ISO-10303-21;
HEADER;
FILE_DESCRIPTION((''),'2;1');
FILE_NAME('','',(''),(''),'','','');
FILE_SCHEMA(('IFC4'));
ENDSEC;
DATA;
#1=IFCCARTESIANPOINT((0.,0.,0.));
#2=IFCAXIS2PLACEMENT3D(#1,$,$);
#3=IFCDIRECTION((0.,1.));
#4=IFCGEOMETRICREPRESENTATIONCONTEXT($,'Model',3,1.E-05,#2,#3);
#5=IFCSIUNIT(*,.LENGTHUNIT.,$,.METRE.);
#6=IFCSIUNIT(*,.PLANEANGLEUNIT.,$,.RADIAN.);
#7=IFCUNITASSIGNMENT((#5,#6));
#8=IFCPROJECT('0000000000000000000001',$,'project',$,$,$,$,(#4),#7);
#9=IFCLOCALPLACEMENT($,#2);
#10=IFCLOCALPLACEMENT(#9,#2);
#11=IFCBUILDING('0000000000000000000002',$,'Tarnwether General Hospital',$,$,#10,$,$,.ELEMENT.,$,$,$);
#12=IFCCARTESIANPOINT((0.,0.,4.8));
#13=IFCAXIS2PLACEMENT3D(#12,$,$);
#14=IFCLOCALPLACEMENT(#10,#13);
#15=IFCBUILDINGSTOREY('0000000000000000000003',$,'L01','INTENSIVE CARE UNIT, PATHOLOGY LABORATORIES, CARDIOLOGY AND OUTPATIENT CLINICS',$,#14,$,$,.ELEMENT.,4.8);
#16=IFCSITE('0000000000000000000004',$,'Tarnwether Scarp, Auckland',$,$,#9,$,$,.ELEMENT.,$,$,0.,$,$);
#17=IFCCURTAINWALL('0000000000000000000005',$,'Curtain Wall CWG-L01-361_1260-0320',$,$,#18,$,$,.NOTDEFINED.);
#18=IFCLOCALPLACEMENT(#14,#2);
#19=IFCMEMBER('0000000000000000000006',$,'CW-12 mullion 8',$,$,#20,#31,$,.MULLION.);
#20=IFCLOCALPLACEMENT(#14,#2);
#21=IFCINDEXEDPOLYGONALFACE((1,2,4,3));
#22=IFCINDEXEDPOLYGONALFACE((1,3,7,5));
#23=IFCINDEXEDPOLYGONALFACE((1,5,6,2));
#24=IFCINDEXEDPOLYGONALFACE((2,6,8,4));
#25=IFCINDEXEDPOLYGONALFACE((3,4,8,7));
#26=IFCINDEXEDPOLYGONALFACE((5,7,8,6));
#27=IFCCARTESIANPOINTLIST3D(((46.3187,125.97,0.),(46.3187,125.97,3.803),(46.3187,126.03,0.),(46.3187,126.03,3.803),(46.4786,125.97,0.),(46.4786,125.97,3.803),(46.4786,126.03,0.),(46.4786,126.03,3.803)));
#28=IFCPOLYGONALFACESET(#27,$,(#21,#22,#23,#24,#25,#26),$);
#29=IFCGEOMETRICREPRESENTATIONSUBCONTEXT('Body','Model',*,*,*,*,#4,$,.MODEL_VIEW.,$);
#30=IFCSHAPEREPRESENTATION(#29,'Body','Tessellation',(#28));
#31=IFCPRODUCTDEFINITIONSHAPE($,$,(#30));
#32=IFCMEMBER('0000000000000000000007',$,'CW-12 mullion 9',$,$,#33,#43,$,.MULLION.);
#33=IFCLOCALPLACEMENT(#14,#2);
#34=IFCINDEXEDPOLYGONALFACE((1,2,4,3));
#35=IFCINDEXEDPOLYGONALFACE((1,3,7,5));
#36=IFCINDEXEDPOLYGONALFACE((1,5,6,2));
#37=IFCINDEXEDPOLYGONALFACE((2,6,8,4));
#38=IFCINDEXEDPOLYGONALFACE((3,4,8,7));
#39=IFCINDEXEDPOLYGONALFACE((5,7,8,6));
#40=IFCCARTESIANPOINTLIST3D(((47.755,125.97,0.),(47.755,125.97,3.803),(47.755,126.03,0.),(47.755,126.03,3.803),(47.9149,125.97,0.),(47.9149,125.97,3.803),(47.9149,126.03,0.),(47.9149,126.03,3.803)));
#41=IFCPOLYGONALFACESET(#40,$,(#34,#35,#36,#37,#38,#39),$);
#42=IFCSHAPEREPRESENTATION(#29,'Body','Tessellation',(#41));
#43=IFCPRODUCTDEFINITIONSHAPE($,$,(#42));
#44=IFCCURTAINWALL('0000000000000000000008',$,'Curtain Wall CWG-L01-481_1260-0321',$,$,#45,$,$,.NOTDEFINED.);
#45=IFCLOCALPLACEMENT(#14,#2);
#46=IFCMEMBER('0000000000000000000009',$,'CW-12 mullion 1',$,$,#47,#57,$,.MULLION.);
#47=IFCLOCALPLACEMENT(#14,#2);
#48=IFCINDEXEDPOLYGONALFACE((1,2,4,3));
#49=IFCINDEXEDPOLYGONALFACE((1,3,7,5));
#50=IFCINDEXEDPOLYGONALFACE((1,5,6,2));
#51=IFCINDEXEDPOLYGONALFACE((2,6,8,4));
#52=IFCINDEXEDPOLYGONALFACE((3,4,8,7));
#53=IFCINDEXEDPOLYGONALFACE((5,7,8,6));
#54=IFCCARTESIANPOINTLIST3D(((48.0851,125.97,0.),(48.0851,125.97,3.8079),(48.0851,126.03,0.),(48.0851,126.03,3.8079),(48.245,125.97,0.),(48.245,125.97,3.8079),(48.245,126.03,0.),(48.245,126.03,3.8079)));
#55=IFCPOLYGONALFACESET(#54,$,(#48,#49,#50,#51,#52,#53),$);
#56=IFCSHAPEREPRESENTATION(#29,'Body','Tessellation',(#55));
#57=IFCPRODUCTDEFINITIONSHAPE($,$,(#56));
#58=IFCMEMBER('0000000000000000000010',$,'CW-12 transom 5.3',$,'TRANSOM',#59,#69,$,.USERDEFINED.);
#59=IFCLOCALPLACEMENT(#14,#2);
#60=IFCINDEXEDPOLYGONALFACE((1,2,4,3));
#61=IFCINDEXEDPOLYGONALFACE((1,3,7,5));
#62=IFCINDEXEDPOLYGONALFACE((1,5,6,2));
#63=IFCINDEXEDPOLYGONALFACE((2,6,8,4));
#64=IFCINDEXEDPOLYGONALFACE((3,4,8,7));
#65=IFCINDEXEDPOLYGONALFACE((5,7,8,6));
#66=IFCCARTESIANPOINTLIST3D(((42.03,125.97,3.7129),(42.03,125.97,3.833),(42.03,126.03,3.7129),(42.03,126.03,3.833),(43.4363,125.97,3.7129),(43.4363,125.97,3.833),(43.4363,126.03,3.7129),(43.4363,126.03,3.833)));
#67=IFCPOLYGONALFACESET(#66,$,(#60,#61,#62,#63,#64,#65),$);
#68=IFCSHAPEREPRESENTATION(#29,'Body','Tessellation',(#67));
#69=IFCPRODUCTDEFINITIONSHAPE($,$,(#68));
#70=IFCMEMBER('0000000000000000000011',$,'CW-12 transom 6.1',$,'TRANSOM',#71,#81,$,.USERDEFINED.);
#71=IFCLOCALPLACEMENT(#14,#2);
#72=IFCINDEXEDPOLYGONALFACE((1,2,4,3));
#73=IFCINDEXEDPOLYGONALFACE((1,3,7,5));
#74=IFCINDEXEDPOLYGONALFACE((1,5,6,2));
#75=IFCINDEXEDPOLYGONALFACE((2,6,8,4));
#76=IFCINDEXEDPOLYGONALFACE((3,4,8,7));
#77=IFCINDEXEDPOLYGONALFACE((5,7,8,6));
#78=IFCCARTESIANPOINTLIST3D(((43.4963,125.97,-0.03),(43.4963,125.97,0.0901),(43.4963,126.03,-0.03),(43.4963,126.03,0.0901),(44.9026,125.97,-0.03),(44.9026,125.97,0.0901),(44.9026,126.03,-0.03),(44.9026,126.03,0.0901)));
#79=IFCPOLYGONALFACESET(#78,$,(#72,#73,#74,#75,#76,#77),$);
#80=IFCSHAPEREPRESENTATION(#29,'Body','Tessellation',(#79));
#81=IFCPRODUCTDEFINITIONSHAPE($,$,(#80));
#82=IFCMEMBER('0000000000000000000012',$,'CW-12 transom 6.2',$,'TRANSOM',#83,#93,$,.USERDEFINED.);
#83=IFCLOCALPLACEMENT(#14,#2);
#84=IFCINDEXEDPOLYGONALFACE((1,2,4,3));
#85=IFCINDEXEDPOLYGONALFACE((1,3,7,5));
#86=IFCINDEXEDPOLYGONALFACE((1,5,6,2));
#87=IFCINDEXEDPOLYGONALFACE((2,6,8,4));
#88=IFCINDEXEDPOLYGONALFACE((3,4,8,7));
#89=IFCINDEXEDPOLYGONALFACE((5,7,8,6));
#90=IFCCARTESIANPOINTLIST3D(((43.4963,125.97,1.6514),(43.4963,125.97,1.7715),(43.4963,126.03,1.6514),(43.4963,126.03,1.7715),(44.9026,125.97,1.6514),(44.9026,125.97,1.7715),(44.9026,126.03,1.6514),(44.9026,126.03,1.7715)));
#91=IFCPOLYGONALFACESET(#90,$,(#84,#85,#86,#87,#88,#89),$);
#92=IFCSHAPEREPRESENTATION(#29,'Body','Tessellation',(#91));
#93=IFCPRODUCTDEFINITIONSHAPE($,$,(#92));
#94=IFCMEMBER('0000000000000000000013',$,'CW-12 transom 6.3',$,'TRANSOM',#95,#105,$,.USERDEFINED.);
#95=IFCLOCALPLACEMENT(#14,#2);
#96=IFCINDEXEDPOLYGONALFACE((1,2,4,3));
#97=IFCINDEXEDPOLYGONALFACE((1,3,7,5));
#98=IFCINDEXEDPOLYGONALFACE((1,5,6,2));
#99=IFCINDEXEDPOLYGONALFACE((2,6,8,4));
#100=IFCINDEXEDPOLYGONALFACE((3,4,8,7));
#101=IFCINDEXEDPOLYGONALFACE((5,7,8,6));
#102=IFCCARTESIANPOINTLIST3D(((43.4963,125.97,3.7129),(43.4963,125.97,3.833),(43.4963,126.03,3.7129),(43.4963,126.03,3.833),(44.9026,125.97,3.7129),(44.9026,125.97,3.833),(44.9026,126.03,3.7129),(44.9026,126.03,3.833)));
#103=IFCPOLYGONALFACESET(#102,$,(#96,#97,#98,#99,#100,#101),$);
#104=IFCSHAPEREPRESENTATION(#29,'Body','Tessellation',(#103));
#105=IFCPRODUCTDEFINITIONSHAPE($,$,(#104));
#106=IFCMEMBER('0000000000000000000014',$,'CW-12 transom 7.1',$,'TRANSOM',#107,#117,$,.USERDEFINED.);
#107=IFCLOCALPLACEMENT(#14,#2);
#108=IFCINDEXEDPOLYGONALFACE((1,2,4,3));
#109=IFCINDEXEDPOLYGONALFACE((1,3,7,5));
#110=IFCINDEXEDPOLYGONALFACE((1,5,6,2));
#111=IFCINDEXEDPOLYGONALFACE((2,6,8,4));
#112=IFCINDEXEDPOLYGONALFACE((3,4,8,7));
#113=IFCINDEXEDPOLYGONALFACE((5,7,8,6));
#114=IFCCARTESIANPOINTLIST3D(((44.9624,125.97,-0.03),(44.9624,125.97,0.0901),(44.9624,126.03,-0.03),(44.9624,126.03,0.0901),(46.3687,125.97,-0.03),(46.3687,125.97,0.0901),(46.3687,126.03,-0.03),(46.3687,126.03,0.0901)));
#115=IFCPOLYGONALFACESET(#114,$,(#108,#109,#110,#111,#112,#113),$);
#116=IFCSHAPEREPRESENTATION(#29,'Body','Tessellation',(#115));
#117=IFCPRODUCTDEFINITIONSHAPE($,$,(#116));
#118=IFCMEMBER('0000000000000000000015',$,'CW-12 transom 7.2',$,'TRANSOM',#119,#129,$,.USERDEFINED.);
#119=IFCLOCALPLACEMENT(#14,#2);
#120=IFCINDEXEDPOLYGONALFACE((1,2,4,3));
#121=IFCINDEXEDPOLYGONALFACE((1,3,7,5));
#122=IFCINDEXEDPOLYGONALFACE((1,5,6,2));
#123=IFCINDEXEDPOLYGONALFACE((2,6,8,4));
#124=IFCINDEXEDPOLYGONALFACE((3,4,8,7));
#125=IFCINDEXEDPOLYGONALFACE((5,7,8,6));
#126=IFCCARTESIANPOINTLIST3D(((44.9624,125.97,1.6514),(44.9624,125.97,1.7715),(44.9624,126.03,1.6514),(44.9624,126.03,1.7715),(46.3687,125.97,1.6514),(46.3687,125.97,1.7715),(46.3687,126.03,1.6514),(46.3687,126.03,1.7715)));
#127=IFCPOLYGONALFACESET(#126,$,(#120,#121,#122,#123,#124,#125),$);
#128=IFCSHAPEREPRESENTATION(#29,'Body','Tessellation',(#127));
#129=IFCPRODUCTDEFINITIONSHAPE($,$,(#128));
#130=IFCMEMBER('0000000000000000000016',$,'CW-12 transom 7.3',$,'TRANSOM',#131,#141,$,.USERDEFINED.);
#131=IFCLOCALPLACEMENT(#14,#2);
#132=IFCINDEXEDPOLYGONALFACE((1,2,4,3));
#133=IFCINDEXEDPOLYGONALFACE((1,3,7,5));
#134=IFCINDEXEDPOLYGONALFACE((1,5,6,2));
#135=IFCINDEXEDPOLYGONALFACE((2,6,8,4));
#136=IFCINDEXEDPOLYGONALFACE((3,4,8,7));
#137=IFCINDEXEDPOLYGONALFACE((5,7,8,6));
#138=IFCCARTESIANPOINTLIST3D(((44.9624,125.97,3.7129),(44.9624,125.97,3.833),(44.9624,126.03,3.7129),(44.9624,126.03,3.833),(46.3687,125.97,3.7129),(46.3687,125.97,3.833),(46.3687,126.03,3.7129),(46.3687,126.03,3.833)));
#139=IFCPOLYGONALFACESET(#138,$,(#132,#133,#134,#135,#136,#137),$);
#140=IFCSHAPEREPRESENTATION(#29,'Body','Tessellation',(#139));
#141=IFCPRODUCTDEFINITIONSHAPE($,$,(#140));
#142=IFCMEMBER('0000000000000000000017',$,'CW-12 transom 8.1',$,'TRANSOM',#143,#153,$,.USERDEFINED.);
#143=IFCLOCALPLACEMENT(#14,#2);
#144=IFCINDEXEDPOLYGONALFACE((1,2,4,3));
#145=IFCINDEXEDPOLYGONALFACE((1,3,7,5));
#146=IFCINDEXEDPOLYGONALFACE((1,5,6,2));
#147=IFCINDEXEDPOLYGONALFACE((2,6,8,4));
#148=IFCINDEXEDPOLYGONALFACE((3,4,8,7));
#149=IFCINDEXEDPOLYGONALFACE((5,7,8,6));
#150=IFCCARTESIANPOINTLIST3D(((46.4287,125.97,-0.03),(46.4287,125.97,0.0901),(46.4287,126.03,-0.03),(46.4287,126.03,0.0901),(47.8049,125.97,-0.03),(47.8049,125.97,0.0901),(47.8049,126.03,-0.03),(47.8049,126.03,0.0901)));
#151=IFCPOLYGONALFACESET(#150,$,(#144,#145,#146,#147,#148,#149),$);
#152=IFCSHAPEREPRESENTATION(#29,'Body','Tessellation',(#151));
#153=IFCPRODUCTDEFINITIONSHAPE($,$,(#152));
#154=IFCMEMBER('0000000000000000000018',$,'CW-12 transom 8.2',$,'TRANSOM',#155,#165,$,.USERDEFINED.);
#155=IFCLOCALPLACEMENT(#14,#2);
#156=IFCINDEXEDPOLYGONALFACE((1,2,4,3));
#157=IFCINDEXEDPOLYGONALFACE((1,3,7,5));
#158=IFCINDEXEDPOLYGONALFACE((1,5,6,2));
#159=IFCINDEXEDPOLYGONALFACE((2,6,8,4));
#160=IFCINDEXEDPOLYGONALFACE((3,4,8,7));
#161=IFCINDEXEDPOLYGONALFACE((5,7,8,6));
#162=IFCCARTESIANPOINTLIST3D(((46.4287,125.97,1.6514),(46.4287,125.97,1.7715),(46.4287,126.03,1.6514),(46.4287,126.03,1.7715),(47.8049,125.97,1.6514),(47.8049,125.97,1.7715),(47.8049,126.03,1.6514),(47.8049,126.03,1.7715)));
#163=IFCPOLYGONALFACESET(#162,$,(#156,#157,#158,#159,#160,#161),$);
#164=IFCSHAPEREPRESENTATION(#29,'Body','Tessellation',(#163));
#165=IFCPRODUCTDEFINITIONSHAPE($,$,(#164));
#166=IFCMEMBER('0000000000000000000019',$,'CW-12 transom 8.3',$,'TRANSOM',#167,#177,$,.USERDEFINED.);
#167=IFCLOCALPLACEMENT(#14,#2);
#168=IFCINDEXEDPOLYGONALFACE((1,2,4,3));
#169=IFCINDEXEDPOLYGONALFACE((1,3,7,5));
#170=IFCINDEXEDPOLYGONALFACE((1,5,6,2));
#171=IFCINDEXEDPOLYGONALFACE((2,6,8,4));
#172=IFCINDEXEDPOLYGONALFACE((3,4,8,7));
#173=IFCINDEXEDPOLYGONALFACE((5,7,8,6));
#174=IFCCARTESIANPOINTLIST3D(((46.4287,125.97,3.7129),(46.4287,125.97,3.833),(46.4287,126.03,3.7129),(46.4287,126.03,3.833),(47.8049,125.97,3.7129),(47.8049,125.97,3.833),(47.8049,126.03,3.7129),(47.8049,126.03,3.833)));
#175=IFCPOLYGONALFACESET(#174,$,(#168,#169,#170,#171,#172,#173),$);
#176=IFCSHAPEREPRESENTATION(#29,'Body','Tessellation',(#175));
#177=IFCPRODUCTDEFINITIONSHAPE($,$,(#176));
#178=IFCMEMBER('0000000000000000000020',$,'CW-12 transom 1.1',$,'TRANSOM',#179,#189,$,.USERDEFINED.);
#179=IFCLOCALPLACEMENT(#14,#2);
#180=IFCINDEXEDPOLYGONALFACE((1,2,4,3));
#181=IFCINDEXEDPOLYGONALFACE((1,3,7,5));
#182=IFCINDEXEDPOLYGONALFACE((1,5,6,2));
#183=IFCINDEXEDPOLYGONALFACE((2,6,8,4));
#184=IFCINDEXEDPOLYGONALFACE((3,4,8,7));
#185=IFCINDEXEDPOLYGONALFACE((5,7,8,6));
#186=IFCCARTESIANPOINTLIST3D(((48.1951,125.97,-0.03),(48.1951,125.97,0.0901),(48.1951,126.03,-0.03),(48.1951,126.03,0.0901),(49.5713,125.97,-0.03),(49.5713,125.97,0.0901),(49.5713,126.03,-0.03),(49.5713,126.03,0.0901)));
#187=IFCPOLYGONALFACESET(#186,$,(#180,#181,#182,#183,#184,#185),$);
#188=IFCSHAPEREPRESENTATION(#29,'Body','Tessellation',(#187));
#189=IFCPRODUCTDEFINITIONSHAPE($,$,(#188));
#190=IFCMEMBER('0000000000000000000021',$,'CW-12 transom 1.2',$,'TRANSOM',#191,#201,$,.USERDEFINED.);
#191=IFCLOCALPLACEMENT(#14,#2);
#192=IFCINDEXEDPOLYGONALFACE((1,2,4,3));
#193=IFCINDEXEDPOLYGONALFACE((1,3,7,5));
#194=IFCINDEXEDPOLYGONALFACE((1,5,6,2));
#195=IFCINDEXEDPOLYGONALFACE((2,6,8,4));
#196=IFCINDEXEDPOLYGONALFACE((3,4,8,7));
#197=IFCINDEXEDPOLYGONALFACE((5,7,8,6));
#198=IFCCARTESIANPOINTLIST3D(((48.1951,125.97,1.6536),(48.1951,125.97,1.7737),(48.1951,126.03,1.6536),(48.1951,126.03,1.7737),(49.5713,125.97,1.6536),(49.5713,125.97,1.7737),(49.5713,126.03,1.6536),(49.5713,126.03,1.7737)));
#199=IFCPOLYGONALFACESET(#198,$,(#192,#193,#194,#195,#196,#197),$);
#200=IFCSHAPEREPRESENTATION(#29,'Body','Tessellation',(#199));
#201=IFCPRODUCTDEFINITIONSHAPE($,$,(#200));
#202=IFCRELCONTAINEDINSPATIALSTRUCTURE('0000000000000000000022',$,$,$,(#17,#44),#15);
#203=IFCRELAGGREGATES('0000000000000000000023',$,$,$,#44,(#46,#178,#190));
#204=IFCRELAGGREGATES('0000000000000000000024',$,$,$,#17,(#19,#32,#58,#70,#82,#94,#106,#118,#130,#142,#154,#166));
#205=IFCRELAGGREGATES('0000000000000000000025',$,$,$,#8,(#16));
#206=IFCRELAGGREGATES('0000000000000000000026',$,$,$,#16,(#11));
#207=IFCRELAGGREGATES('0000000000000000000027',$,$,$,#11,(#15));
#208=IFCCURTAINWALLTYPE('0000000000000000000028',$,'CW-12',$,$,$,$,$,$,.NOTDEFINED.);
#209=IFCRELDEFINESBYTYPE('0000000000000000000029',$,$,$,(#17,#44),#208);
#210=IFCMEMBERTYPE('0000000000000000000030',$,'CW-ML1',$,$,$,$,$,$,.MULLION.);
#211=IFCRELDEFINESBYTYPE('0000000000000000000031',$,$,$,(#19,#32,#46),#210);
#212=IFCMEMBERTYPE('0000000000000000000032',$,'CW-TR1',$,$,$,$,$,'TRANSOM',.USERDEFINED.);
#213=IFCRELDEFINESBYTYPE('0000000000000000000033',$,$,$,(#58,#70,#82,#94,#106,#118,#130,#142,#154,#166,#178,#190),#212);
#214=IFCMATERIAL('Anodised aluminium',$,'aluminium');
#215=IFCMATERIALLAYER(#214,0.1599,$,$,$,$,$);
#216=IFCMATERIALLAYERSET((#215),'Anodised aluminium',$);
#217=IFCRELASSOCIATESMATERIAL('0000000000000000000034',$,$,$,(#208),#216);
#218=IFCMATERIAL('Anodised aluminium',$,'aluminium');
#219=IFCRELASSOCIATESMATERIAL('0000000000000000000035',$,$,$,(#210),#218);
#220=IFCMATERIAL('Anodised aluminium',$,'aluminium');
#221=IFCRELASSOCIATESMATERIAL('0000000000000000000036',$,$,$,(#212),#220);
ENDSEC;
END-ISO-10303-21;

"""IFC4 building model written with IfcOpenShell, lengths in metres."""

from ifc_helpers import new_model, si_unit, direction, frame, origin, origin_2d, place, context, subcontext, project, spatial, rectangle, extrude, material, layer, layer_set, material_profile, profile_set, type_object, element, aggregate, save


model = new_model("IFC4")

# Units and contexts
model_context = context("Model", 3, precision=1e-05, world=origin(), true_north=direction((0.0, 1.0)))
body_context = subcontext(model_context, "Body", "Model", "MODEL_VIEW")
ifc_project = project(units=[si_unit("LENGTHUNIT", "METRE"), si_unit("PLANEANGLEUNIT", "RADIAN")], contexts=[model_context])

# Site, building, storey
site_placement = place(None, origin())
site = spatial("IfcSite", under=ifc_project, at=site_placement, Name="Tarnwether Scarp, Auckland", CompositionType="ELEMENT", RefElevation=0.0)
building_placement = place(site_placement, origin())
building = spatial("IfcBuilding", under=site, at=building_placement, Name="Tarnwether General Hospital", CompositionType="ELEMENT")
storey_placement = place(building_placement, frame((0.0, 0.0, 4.8)))
storey = spatial("IfcBuildingStorey", under=building, at=storey_placement, Name="L01", Description="INTENSIVE CARE UNIT, PATHOLOGY LABORATORIES, CARDIOLOGY AND OUTPATIENT CLINICS", CompositionType="ELEMENT", Elevation=4.8)

# Curtain wall, members
ifc_material_1 = material(Name="Anodised aluminium", Category="aluminium")
ifc_layer_1 = layer(ifc_material_1, 0.1599)
ifc_layer_set_1 = layer_set([ifc_layer_1], Name="Anodised aluminium")
curtain_wall_type = type_object("IfcCurtainWallType", Name="CW-12", PredefinedType="NOTDEFINED", material=ifc_layer_set_1)
curtain_wall_1_placement = place(storey_placement, origin())
curtain_wall_1 = element("IfcCurtainWall", 1, at=curtain_wall_1_placement, inside=storey, type_object=curtain_wall_type, Name="Curtain Wall CWG-L01-361_1260-0320", PredefinedType="NOTDEFINED")
ifc_material_2 = material(Name="Anodised aluminium", Category="aluminium")
ifc_material_profile_1 = material_profile(ifc_material_2, rectangle(XDim=0.0601, YDim=0.1599, at=origin_2d()), Name="ALU-MUL-60x160")
ifc_profile_set_1 = profile_set([ifc_material_profile_1], Name="Anodised aluminium")
member_type_1 = type_object("IfcMemberType", Name="CW-ML1", PredefinedType="MULLION", material=ifc_profile_set_1)
member_1_placement = place(storey_placement, frame((46.3987, 126.0, 0.0), z_axis=(0.0, 0.0, 1.0), x_axis=(0.0, 1.0, 0.0)))
member_1 = element("IfcMember", 2, at=member_1_placement, type_object=member_type_1, Name="CW-12 mullion 8", PredefinedType="MULLION", context=body_context, shape_type="SweptSolid", body=[
    extrude(rectangle(XDim=0.0601, YDim=0.1599, at=origin_2d()), origin(), (0.0, 0.0, 1.0), 3.803),
])
member_2_placement = place(storey_placement, frame((47.835, 126.0, 0.0), z_axis=(0.0, 0.0, 1.0), x_axis=(0.0, 1.0, 0.0)))
member_2 = element("IfcMember", 3, at=member_2_placement, type_object=member_type_1, Name="CW-12 mullion 9", PredefinedType="MULLION", context=body_context, shape_type="SweptSolid", body=[
    extrude(rectangle(XDim=0.0601, YDim=0.1599, at=origin_2d()), origin(), (0.0, 0.0, 1.0), 3.803),
])

# Curtain wall, member
curtain_wall_2_placement = place(storey_placement, origin())
curtain_wall_2 = element("IfcCurtainWall", 4, at=curtain_wall_2_placement, inside=storey, type_object=curtain_wall_type, Name="Curtain Wall CWG-L01-481_1260-0321", PredefinedType="NOTDEFINED")
member_3_placement = place(storey_placement, frame((48.165, 126.0, 0.0), z_axis=(0.0, 0.0, 1.0), x_axis=(0.0, 1.0, 0.0)))
member_3 = element("IfcMember", 5, at=member_3_placement, type_object=member_type_1, Name="CW-12 mullion 1", PredefinedType="MULLION", context=body_context, shape_type="SweptSolid", body=[
    extrude(rectangle(XDim=0.0601, YDim=0.1599, at=origin_2d()), origin(), (0.0, 0.0, 1.0), 3.8079),
])

# Members
ifc_material_3 = material(Name="Anodised aluminium", Category="aluminium")
ifc_material_profile_2 = material_profile(ifc_material_3, rectangle(XDim=0.0601, YDim=0.1201, at=origin_2d()), Name="ALU-TRN-60x120")
ifc_profile_set_2 = profile_set([ifc_material_profile_2], Name="Anodised aluminium")
member_type_2 = type_object("IfcMemberType", Name="CW-TR1", ElementType="TRANSOM", PredefinedType="USERDEFINED", material=ifc_profile_set_2)
member_4_placement = place(storey_placement, frame((42.03, 126.0, 3.7729), z_axis=(1.0, 0.0, 0.0), x_axis=(0.0, 1.0, 0.0)))
member_4 = element("IfcMember", 6, at=member_4_placement, type_object=member_type_2, Name="CW-12 transom 5.3", ObjectType="TRANSOM", PredefinedType="USERDEFINED", context=body_context, shape_type="SweptSolid", body=[
    extrude(rectangle(XDim=0.0601, YDim=0.1201, at=origin_2d()), origin(), (0.0, 0.0, 1.0), 1.4062),
])
member_5_placement = place(storey_placement, frame((43.4963, 126.0, 0.03), z_axis=(1.0, 0.0, 0.0), x_axis=(0.0, 1.0, 0.0)))
member_5 = element("IfcMember", 7, at=member_5_placement, type_object=member_type_2, Name="CW-12 transom 6.1", ObjectType="TRANSOM", PredefinedType="USERDEFINED", context=body_context, shape_type="SweptSolid", body=[
    extrude(rectangle(XDim=0.0601, YDim=0.1201, at=origin_2d()), origin(), (0.0, 0.0, 1.0), 1.4062),
])
member_6_placement = place(storey_placement, frame((43.4963, 126.0, 1.7114), z_axis=(1.0, 0.0, 0.0), x_axis=(0.0, 1.0, 0.0)))
member_6 = element("IfcMember", 8, at=member_6_placement, type_object=member_type_2, Name="CW-12 transom 6.2", ObjectType="TRANSOM", PredefinedType="USERDEFINED", context=body_context, shape_type="SweptSolid", body=[
    extrude(rectangle(XDim=0.0601, YDim=0.1201, at=origin_2d()), origin(), (0.0, 0.0, 1.0), 1.4062),
])
member_7_placement = place(storey_placement, frame((43.4963, 126.0, 3.7729), z_axis=(1.0, 0.0, 0.0), x_axis=(0.0, 1.0, 0.0)))
member_7 = element("IfcMember", 9, at=member_7_placement, type_object=member_type_2, Name="CW-12 transom 6.3", ObjectType="TRANSOM", PredefinedType="USERDEFINED", context=body_context, shape_type="SweptSolid", body=[
    extrude(rectangle(XDim=0.0601, YDim=0.1201, at=origin_2d()), origin(), (0.0, 0.0, 1.0), 1.4062),
])
member_8_placement = place(storey_placement, frame((44.9624, 126.0, 0.03), z_axis=(1.0, 0.0, 0.0), x_axis=(0.0, 1.0, 0.0)))
member_8 = element("IfcMember", 10, at=member_8_placement, type_object=member_type_2, Name="CW-12 transom 7.1", ObjectType="TRANSOM", PredefinedType="USERDEFINED", context=body_context, shape_type="SweptSolid", body=[
    extrude(rectangle(XDim=0.0601, YDim=0.1201, at=origin_2d()), origin(), (0.0, 0.0, 1.0), 1.4062),
])
member_9_placement = place(storey_placement, frame((44.9624, 126.0, 1.7114), z_axis=(1.0, 0.0, 0.0), x_axis=(0.0, 1.0, 0.0)))
member_9 = element("IfcMember", 11, at=member_9_placement, type_object=member_type_2, Name="CW-12 transom 7.2", ObjectType="TRANSOM", PredefinedType="USERDEFINED", context=body_context, shape_type="SweptSolid", body=[
    extrude(rectangle(XDim=0.0601, YDim=0.1201, at=origin_2d()), origin(), (0.0, 0.0, 1.0), 1.4062),
])
member_10_placement = place(storey_placement, frame((44.9624, 126.0, 3.7729), z_axis=(1.0, 0.0, 0.0), x_axis=(0.0, 1.0, 0.0)))
member_10 = element("IfcMember", 12, at=member_10_placement, type_object=member_type_2, Name="CW-12 transom 7.3", ObjectType="TRANSOM", PredefinedType="USERDEFINED", context=body_context, shape_type="SweptSolid", body=[
    extrude(rectangle(XDim=0.0601, YDim=0.1201, at=origin_2d()), origin(), (0.0, 0.0, 1.0), 1.4062),
])
member_11_placement = place(storey_placement, frame((46.4287, 126.0, 0.03), z_axis=(1.0, 0.0, 0.0), x_axis=(0.0, 1.0, 0.0)))
member_11 = element("IfcMember", 13, at=member_11_placement, type_object=member_type_2, Name="CW-12 transom 8.1", ObjectType="TRANSOM", PredefinedType="USERDEFINED", context=body_context, shape_type="SweptSolid", body=[
    extrude(rectangle(XDim=0.0601, YDim=0.1201, at=origin_2d()), origin(), (0.0, 0.0, 1.0), 1.3762),
])
member_12_placement = place(storey_placement, frame((46.4287, 126.0, 1.7114), z_axis=(1.0, 0.0, 0.0), x_axis=(0.0, 1.0, 0.0)))
member_12 = element("IfcMember", 14, at=member_12_placement, type_object=member_type_2, Name="CW-12 transom 8.2", ObjectType="TRANSOM", PredefinedType="USERDEFINED", context=body_context, shape_type="SweptSolid", body=[
    extrude(rectangle(XDim=0.0601, YDim=0.1201, at=origin_2d()), origin(), (0.0, 0.0, 1.0), 1.3762),
])
member_13_placement = place(storey_placement, frame((46.4287, 126.0, 3.7729), z_axis=(1.0, 0.0, 0.0), x_axis=(0.0, 1.0, 0.0)))
member_13 = element("IfcMember", 15, at=member_13_placement, type_object=member_type_2, Name="CW-12 transom 8.3", ObjectType="TRANSOM", PredefinedType="USERDEFINED", context=body_context, shape_type="SweptSolid", body=[
    extrude(rectangle(XDim=0.0601, YDim=0.1201, at=origin_2d()), origin(), (0.0, 0.0, 1.0), 1.3762),
])
member_14_placement = place(storey_placement, frame((48.1951, 126.0, 0.03), z_axis=(1.0, 0.0, 0.0), x_axis=(0.0, 1.0, 0.0)))
member_14 = element("IfcMember", 16, at=member_14_placement, type_object=member_type_2, Name="CW-12 transom 1.1", ObjectType="TRANSOM", PredefinedType="USERDEFINED", context=body_context, shape_type="SweptSolid", body=[
    extrude(rectangle(XDim=0.0601, YDim=0.1201, at=origin_2d()), origin(), (0.0, 0.0, 1.0), 1.3762),
])
member_15_placement = place(storey_placement, frame((48.1951, 126.0, 1.7136), z_axis=(1.0, 0.0, 0.0), x_axis=(0.0, 1.0, 0.0)))
member_15 = element("IfcMember", 17, at=member_15_placement, type_object=member_type_2, Name="CW-12 transom 1.2", ObjectType="TRANSOM", PredefinedType="USERDEFINED", context=body_context, shape_type="SweptSolid", body=[
    extrude(rectangle(XDim=0.0601, YDim=0.1201, at=origin_2d()), origin(), (0.0, 0.0, 1.0), 1.3762),
])
aggregate(curtain_wall_2, [member_3, member_14, member_15])

aggregate(curtain_wall_1, [member_1, member_2, member_4, member_5, member_6, member_7, member_8, member_9, member_10, member_11, member_12, member_13])

save(model, "model.ifc")
